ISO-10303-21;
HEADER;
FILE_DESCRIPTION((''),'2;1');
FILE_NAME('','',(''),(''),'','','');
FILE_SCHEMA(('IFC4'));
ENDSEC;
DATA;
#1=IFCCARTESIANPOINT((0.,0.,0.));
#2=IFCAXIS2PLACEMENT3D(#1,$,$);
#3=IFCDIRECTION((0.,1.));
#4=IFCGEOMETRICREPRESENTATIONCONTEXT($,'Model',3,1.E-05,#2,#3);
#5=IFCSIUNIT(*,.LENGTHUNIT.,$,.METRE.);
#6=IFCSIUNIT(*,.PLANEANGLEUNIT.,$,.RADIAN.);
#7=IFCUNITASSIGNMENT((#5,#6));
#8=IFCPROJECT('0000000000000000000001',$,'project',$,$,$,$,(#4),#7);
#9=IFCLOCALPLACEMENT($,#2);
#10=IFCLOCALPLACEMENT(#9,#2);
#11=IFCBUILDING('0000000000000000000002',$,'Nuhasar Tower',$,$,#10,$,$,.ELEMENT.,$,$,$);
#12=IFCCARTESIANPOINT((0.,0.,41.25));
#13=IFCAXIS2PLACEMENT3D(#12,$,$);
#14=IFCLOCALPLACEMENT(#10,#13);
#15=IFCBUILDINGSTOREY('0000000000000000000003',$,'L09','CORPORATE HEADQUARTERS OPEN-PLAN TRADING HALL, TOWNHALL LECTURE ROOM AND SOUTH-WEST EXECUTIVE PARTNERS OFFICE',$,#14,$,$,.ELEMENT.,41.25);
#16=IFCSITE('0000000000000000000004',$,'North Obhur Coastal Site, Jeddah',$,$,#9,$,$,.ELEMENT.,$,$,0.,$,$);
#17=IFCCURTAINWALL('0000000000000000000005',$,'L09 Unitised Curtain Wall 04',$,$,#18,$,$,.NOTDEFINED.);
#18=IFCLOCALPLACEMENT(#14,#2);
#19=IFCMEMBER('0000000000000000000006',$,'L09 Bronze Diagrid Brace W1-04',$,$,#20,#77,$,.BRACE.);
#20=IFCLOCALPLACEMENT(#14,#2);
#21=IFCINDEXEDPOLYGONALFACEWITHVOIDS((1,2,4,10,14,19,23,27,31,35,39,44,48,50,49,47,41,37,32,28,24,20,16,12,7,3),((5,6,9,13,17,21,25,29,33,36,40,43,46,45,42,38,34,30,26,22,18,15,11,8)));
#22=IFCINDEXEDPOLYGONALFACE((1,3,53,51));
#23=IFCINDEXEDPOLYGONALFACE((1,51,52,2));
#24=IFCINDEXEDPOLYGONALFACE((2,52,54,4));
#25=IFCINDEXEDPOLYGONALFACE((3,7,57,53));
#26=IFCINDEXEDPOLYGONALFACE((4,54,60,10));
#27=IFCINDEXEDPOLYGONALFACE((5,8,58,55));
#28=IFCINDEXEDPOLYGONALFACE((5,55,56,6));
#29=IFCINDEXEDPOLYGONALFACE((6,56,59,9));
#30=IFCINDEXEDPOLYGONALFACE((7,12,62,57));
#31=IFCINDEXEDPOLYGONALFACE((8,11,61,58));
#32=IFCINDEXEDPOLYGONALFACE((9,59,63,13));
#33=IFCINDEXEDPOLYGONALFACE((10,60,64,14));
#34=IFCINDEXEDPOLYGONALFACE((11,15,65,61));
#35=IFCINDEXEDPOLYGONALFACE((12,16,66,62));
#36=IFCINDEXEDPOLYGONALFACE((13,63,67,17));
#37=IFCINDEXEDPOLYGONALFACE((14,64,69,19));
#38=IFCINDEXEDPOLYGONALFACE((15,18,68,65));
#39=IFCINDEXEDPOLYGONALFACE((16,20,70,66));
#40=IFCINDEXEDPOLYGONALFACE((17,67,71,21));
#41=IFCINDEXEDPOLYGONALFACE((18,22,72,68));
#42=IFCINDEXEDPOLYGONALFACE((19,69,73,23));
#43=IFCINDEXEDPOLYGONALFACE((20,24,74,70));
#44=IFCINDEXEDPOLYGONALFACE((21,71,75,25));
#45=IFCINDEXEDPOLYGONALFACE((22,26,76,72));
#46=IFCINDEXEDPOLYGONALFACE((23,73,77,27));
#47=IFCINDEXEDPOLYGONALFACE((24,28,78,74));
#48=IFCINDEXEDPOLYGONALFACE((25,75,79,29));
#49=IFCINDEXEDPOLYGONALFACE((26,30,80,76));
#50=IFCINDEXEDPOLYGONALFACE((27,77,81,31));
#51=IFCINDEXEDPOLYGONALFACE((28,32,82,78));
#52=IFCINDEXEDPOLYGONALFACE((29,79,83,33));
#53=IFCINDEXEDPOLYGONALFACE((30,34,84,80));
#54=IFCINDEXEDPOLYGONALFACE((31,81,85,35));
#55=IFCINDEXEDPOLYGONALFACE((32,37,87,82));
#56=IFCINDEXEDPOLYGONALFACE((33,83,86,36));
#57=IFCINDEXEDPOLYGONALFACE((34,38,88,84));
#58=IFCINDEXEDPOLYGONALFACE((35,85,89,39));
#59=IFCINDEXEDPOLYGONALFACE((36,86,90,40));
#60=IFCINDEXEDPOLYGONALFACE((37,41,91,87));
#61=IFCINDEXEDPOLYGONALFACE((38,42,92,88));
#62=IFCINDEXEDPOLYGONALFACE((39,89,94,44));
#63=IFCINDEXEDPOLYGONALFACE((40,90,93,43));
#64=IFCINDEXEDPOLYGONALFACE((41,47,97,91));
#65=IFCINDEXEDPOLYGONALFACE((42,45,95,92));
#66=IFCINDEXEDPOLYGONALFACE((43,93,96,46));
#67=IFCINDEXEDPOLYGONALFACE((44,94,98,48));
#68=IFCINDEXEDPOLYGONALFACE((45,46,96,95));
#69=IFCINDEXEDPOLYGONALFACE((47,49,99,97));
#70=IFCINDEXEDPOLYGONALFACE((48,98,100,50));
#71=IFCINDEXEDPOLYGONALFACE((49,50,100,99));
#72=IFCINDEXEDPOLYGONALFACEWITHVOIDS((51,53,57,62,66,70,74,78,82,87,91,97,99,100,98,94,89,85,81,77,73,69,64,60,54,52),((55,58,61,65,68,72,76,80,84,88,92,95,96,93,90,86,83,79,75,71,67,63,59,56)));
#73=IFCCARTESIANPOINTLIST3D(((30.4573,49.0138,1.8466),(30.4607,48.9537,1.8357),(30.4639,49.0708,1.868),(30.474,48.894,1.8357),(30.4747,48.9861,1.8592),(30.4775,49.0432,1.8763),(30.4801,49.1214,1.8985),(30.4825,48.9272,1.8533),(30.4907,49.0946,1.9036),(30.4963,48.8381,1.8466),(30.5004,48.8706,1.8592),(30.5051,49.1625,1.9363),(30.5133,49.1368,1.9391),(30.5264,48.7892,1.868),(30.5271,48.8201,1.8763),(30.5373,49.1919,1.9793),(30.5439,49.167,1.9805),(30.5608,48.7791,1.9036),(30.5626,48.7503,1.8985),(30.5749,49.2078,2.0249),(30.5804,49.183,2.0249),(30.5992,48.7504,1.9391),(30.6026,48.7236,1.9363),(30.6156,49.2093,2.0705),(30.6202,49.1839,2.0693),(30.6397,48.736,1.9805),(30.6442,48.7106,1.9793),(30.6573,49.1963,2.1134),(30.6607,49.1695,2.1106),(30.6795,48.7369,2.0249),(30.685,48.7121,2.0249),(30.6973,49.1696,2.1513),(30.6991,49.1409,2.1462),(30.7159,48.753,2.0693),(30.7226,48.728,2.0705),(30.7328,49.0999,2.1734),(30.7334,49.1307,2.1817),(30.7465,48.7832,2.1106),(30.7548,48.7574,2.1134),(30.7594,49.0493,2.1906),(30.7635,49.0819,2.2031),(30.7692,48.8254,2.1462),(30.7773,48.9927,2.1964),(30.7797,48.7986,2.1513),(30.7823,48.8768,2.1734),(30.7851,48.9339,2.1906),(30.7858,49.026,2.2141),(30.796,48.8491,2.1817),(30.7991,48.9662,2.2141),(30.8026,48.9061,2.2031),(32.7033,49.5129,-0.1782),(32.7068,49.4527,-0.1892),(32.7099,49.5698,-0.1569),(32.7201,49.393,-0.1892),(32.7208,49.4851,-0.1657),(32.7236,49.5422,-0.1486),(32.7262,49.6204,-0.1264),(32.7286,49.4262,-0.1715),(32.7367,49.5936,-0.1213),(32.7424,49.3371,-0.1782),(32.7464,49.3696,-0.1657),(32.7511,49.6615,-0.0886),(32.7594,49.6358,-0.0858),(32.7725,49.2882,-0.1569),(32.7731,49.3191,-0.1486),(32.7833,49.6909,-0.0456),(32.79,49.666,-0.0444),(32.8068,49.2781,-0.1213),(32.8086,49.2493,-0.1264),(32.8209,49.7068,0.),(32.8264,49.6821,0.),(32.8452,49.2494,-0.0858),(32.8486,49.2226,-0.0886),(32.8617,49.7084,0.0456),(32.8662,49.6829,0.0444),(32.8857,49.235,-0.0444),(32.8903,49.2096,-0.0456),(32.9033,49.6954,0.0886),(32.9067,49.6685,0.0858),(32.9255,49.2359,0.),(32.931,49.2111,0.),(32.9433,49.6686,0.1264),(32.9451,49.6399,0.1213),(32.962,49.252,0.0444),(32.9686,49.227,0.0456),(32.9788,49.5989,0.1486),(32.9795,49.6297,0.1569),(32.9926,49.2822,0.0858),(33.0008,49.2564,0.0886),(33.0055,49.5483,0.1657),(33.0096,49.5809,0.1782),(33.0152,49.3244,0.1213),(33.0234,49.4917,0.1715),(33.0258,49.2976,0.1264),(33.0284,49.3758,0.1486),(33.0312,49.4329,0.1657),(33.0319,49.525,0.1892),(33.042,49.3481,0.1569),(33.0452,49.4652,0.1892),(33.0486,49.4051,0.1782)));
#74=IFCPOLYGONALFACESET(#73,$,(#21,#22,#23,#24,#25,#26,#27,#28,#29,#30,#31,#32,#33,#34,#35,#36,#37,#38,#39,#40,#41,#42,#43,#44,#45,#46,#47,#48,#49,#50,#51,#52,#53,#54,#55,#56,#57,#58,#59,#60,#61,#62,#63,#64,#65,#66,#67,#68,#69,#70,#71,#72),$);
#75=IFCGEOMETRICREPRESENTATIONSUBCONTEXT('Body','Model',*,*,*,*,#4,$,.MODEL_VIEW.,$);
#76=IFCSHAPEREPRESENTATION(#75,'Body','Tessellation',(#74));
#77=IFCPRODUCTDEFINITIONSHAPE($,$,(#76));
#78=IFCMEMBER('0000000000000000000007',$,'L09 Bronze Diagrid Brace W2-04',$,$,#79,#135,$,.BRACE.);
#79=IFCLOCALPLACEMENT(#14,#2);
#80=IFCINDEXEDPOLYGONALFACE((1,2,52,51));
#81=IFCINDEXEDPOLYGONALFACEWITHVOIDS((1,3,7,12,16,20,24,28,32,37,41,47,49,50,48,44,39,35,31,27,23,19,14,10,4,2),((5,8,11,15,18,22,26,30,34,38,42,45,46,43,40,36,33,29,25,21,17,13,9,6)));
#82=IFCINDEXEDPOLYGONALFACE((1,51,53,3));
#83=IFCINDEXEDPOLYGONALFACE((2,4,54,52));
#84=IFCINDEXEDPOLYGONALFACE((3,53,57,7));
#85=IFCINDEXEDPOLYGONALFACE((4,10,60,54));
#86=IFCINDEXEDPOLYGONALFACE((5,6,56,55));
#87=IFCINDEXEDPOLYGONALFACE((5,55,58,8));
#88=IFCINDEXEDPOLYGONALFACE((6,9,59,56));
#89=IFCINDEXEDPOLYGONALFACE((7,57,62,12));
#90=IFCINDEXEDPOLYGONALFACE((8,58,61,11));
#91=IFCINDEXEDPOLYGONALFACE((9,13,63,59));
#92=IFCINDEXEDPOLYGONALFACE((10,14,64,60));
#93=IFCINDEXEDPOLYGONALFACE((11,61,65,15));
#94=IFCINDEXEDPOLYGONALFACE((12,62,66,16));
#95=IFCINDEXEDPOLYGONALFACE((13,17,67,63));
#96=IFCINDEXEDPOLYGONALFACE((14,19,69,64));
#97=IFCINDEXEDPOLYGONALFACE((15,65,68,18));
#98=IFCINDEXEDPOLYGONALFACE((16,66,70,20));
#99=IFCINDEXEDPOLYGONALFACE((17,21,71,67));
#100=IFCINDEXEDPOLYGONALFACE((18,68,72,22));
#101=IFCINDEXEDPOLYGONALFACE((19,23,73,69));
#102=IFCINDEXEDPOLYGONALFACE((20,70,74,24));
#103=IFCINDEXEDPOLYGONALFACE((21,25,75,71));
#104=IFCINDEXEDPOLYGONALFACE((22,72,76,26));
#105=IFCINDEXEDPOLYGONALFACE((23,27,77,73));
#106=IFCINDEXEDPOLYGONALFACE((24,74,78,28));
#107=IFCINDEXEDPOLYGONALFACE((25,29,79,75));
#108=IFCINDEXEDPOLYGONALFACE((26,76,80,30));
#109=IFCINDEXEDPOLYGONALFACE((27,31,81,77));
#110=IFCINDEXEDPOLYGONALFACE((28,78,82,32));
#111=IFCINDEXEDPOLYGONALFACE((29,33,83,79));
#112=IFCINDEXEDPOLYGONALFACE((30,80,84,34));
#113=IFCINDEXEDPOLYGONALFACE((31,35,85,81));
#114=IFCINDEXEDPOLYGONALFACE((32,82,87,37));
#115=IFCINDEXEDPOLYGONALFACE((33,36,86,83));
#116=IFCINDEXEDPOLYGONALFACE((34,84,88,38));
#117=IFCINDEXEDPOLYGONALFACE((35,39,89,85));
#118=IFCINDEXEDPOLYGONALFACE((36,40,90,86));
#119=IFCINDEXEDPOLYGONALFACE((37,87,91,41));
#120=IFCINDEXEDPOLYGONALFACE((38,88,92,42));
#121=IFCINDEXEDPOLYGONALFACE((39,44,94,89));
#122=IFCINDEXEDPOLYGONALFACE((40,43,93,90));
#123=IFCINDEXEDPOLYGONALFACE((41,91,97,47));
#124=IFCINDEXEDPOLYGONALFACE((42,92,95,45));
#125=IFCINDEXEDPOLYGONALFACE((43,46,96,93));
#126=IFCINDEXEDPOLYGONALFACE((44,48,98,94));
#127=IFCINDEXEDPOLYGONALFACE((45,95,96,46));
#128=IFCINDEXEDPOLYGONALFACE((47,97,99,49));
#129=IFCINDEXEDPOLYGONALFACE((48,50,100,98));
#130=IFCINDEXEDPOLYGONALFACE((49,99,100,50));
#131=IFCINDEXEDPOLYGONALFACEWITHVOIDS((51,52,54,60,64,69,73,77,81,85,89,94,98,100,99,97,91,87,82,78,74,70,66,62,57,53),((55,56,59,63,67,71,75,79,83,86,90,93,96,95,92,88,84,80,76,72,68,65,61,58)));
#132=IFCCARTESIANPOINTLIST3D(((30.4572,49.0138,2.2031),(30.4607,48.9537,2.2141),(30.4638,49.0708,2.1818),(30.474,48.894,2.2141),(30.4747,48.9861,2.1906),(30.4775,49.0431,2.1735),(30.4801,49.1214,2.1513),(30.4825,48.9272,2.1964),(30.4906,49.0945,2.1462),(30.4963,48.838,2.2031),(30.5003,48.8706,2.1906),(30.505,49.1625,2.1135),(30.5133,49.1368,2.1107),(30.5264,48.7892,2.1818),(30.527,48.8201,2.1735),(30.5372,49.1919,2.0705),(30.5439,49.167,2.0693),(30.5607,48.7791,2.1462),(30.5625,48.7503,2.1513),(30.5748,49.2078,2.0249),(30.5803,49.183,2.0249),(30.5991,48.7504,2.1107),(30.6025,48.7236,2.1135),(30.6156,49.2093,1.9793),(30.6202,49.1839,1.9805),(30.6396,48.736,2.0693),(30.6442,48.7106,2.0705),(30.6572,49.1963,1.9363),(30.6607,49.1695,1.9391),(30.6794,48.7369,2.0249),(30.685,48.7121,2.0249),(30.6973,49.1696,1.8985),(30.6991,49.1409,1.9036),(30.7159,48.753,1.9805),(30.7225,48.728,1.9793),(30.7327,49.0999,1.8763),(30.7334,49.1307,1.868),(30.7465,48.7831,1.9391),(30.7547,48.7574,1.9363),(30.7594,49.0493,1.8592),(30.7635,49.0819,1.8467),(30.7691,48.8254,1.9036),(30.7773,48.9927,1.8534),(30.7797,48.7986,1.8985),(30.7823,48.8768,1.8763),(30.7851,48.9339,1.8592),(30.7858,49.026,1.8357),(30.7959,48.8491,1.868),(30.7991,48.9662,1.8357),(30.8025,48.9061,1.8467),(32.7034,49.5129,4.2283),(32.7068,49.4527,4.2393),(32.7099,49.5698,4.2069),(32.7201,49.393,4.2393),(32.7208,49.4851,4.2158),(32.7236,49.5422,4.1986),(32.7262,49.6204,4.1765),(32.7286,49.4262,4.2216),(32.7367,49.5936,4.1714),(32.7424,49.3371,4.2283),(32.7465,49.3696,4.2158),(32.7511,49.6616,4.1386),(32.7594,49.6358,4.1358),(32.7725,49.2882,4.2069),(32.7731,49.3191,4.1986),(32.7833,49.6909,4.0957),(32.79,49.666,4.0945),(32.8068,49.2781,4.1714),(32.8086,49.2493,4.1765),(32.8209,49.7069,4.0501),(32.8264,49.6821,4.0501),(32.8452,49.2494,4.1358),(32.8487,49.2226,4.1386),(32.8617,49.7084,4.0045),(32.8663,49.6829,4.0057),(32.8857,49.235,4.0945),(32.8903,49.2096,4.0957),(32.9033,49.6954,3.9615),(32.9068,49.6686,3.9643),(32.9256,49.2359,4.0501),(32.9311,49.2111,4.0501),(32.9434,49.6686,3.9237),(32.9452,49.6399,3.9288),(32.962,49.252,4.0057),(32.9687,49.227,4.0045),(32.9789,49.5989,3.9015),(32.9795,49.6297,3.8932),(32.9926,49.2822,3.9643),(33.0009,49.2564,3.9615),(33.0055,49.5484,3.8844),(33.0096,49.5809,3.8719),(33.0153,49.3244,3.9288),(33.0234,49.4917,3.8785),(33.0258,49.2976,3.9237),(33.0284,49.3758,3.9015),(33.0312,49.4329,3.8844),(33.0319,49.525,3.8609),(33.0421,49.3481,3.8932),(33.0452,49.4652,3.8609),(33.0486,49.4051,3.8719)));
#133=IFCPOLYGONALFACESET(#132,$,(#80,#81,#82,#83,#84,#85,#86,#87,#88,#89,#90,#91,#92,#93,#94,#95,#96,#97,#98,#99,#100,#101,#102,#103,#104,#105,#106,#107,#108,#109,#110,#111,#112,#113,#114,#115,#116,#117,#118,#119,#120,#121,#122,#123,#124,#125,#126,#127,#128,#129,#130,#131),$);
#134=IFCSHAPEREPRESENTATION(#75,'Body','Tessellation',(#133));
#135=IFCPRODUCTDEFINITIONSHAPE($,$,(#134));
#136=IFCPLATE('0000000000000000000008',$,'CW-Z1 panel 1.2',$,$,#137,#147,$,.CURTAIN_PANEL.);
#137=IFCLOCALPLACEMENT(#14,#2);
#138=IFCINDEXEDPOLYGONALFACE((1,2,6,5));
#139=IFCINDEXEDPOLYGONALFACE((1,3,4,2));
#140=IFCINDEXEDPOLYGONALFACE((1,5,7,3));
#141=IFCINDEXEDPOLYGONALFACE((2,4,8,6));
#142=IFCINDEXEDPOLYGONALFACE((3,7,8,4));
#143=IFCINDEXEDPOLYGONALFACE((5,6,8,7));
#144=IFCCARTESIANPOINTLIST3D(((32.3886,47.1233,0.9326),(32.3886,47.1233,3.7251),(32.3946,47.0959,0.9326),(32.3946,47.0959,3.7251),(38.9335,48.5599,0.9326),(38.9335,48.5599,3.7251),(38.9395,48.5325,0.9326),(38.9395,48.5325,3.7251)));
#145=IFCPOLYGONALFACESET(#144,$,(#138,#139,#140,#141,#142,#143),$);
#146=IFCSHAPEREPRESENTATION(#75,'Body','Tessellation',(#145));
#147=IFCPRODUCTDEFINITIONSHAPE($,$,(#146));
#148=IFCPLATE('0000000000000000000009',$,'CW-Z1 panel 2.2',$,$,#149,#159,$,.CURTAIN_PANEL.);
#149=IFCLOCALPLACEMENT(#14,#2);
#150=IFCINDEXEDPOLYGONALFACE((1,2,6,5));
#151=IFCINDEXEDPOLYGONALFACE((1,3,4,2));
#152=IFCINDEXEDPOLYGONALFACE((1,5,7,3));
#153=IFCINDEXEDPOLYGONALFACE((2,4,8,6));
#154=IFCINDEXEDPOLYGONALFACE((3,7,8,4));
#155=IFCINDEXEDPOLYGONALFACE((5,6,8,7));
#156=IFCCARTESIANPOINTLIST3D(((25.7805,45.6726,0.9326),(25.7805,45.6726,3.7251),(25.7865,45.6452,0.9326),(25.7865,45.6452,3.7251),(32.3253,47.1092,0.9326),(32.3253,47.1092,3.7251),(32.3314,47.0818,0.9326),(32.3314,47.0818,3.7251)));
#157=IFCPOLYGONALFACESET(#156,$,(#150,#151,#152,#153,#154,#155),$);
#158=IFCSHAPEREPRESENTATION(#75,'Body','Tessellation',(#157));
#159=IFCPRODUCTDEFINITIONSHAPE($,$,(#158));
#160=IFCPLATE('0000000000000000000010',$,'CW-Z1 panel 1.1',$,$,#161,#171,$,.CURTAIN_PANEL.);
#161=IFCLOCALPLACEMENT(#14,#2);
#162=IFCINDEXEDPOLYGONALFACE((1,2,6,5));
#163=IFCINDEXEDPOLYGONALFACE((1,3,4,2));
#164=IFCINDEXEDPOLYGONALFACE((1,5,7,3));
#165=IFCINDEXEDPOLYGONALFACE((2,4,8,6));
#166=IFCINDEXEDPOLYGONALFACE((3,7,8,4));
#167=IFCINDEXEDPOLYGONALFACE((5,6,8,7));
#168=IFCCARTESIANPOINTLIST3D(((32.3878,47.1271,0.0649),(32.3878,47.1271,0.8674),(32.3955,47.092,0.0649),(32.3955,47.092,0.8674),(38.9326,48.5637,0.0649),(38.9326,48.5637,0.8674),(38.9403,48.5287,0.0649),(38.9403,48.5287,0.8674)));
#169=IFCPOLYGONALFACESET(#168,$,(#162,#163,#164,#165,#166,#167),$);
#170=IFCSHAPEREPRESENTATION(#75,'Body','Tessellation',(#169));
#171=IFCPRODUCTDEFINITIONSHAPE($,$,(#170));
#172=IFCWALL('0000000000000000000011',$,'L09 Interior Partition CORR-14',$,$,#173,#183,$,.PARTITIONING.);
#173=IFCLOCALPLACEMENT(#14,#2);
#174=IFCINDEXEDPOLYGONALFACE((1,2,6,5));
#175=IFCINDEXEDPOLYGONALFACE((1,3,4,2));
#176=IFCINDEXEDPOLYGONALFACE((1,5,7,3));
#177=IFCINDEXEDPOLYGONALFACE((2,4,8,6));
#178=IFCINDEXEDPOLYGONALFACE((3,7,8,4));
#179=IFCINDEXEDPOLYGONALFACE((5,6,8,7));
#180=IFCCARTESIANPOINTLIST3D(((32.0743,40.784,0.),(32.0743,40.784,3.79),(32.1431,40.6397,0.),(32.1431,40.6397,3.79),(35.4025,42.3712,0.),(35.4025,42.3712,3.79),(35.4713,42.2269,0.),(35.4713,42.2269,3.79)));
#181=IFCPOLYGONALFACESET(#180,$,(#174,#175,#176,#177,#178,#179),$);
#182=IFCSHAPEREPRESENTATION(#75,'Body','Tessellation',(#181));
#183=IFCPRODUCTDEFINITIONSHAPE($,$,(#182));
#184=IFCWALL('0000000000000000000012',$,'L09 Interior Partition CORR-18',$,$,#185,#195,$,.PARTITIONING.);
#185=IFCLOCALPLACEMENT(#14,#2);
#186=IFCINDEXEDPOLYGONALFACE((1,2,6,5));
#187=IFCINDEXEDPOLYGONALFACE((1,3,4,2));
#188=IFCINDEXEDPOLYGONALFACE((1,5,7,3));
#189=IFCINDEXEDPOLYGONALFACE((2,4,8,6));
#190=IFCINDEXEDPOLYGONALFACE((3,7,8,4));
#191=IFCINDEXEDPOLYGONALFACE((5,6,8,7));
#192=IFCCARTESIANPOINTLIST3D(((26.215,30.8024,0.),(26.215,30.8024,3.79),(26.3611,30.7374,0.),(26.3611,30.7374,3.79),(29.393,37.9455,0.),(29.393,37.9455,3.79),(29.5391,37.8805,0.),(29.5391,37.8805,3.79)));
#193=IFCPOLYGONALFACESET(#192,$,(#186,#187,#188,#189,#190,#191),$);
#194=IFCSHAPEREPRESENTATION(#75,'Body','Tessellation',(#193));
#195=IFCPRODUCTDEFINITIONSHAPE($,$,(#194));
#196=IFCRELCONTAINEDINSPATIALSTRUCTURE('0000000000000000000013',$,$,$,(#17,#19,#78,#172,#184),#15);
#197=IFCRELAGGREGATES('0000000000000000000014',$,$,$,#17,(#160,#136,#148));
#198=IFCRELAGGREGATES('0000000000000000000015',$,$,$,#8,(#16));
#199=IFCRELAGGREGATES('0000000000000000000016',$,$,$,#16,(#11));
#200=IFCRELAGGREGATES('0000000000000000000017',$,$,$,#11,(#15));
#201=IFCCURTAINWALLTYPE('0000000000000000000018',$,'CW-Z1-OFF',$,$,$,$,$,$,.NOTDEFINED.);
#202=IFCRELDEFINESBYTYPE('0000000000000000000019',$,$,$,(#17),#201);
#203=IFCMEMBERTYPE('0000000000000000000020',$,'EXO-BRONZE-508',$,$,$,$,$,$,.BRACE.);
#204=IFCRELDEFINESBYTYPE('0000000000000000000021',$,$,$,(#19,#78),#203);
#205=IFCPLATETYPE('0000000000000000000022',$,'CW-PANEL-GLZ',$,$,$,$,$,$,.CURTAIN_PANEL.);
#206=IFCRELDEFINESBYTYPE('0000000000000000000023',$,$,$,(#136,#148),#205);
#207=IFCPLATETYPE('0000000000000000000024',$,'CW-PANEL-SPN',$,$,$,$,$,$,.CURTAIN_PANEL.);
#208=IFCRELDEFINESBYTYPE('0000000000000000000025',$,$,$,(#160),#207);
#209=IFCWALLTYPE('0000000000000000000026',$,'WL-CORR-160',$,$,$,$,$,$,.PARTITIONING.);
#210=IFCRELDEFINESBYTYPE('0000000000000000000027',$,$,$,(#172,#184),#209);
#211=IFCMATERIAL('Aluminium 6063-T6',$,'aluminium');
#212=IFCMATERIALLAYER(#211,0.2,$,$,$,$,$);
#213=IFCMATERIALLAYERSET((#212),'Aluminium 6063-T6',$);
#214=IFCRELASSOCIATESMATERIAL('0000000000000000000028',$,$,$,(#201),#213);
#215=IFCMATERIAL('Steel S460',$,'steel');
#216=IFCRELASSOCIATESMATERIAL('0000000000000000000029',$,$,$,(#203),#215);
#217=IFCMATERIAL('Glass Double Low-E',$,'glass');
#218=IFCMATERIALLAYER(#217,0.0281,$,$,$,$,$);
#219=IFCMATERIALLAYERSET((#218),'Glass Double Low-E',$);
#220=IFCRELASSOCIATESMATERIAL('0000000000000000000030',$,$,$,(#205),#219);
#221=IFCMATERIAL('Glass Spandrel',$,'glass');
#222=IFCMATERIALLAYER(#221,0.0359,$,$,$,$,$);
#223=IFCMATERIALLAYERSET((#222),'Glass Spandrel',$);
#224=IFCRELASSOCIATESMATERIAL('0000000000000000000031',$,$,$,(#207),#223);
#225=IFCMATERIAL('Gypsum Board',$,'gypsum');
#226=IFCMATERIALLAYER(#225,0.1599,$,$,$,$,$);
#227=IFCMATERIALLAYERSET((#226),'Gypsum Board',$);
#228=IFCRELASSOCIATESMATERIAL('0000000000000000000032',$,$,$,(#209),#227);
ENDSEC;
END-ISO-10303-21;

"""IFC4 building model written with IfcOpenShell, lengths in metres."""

from ifc_helpers import new_model, si_unit, direction, frame, frame_2d, origin, origin_2d, place, context, subcontext, project, spatial, rectangle, hollow_circle, extrude, material, layer, layer_set, material_profile, profile_set, type_object, element, aggregate, save


model = new_model("IFC4")

# Units and contexts
model_context = context("Model", 3, precision=1e-05, world=origin(), true_north=direction((0.0, 1.0)))
body_context = subcontext(model_context, "Body", "Model", "MODEL_VIEW")
ifc_project = project(units=[si_unit("LENGTHUNIT", "METRE"), si_unit("PLANEANGLEUNIT", "RADIAN")], contexts=[model_context])

# Site, building, storey
site_placement = place(None, origin())
site = spatial("IfcSite", under=ifc_project, at=site_placement, Name="North Obhur Coastal Site, Jeddah", CompositionType="ELEMENT", RefElevation=0.0)
building_placement = place(site_placement, origin())
building = spatial("IfcBuilding", under=site, at=building_placement, Name="Nuhasar Tower", CompositionType="ELEMENT")
storey_placement = place(building_placement, frame((0.0, 0.0, 41.25)))
storey = spatial("IfcBuildingStorey", under=building, at=storey_placement, Name="L09", Description="CORPORATE HEADQUARTERS OPEN-PLAN TRADING HALL, TOWNHALL LECTURE ROOM AND SOUTH-WEST EXECUTIVE PARTNERS OFFICE", CompositionType="ELEMENT", Elevation=41.25)

# Curtain wall
ifc_material_1 = material(Name="Aluminium 6063-T6", Category="aluminium")
ifc_layer_1 = layer(ifc_material_1, 0.2)
ifc_layer_set_1 = layer_set([ifc_layer_1], Name="Aluminium 6063-T6")
curtain_wall_type = type_object("IfcCurtainWallType", Name="CW-Z1-OFF", PredefinedType="NOTDEFINED", material=ifc_layer_set_1)
curtain_wall_placement = place(storey_placement, origin())
curtain_wall = element("IfcCurtainWall", 1, at=curtain_wall_placement, inside=storey, type_object=curtain_wall_type, Name="L09 Unitised Curtain Wall 04", PredefinedType="NOTDEFINED")

# Members
ifc_material_2 = material(Name="Steel S460", Category="steel")
ifc_material_profile_1 = material_profile(ifc_material_2, hollow_circle(Radius=0.2539, WallThickness=0.0254, at=origin_2d()), Name="HSS508X25.4")
ifc_profile_set_1 = profile_set([ifc_material_profile_1], Name="Steel S460")
member_type_1 = type_object("IfcMemberType", Name="EXO-BRONZE-508", PredefinedType="BRACE", material=ifc_profile_set_1)
member_1_placement = place(storey_placement, frame((32.876, 49.459, 0.0), z_axis=(-0.732821, -0.162814, 0.660654), x_axis=(0.216886, -0.976197, 0.0)))
element("IfcMember", 2, at=member_1_placement, inside=storey, type_object=member_type_1, Name="L09 Bronze Diagrid Brace W1-04", PredefinedType="BRACE", context=body_context, shape_type="SweptSolid", body=[
    extrude(hollow_circle(Radius=0.2539, WallThickness=0.0254, at=origin_2d()), origin(), (0.0, 0.0, 1.0), 3.0649),
])
member_2_placement = place(storey_placement, frame((30.6299, 48.96, 2.0249), z_axis=(0.732783, 0.162805, 0.660699), x_axis=(-0.216886, 0.976197, 0.0)))
element("IfcMember", 3, at=member_2_placement, inside=storey, type_object=member_type_1, Name="L09 Bronze Diagrid Brace W2-04", PredefinedType="BRACE", context=body_context, shape_type="SweptSolid", body=[
    extrude(hollow_circle(Radius=0.2539, WallThickness=0.0254, at=origin_2d()), origin(), (0.0, 0.0, 1.0), 3.0652),
])

# Plates
ifc_material_3 = material(Name="Glass Double Low-E", Category="glass")
ifc_layer_2 = layer(ifc_material_3, 0.0281)
ifc_layer_set_2 = layer_set([ifc_layer_2], Name="Glass Double Low-E")
plate_type_1 = type_object("IfcPlateType", Name="CW-PANEL-GLZ", PredefinedType="CURTAIN_PANEL", material=ifc_layer_set_2)
plate_1_placement = place(storey_placement, frame((35.6641, 47.8279, 0.9326), z_axis=(0.0, 0.0, 1.0), x_axis=(-0.976746, -0.214399, 0.0)))
plate_1 = element("IfcPlate", 4, at=plate_1_placement, type_object=plate_type_1, Name="CW-Z1 panel 1.2", PredefinedType="CURTAIN_PANEL", context=body_context, shape_type="SweptSolid", body=[
    extrude(rectangle(XDim=6.7007, YDim=0.0281, at=origin_2d()), origin(), (0.0, 0.0, 1.0), 2.7925),
])
plate_2_placement = place(storey_placement, frame((29.0559, 46.3772, 0.9326), z_axis=(0.0, 0.0, 1.0), x_axis=(-0.976746, -0.214399, 0.0)))
plate_2 = element("IfcPlate", 5, at=plate_2_placement, type_object=plate_type_1, Name="CW-Z1 panel 2.2", PredefinedType="CURTAIN_PANEL", context=body_context, shape_type="SweptSolid", body=[
    extrude(rectangle(XDim=6.7007, YDim=0.0281, at=origin_2d()), origin(), (0.0, 0.0, 1.0), 2.7925),
])
ifc_material_4 = material(Name="Glass Spandrel", Category="glass")
ifc_layer_3 = layer(ifc_material_4, 0.0359)
ifc_layer_set_3 = layer_set([ifc_layer_3], Name="Glass Spandrel")
plate_type_2 = type_object("IfcPlateType", Name="CW-PANEL-SPN", PredefinedType="CURTAIN_PANEL", material=ifc_layer_set_3)
plate_3_placement = place(storey_placement, frame((35.6641, 47.8279, 0.0649), z_axis=(0.0, 0.0, 1.0), x_axis=(-0.976746, -0.214399, 0.0)))
plate_3 = element("IfcPlate", 6, at=plate_3_placement, type_object=plate_type_2, Name="CW-Z1 panel 1.1", PredefinedType="CURTAIN_PANEL", context=body_context, shape_type="SweptSolid", body=[
    extrude(rectangle(XDim=6.7007, YDim=0.0359, at=origin_2d()), origin(), (0.0, 0.0, 1.0), 0.8025),
])
aggregate(curtain_wall, [plate_3, plate_1, plate_2])

# Wall
ifc_material_5 = material(Name="Gypsum Board", Category="gypsum")
ifc_layer_4 = layer(ifc_material_5, 0.1599)
ifc_layer_set_4 = layer_set([ifc_layer_4], Name="Gypsum Board")
wall_type_1 = type_object("IfcWallType", Name="WL-CORR-160", PredefinedType="PARTITIONING", material=ifc_layer_set_4)
wall_1_placement = place(storey_placement, frame((35.437, 42.2991, 0.0), z_axis=(0.0, 0.0, 1.0), x_axis=(-0.902614, -0.43045, 0.0)))
element("IfcWall", 7, at=wall_1_placement, inside=storey, type_object=wall_type_1, Name="L09 Interior Partition CORR-14", PredefinedType="PARTITIONING", context=body_context, shape_type="SweptSolid", body=[
    extrude(rectangle(XDim=3.6873, YDim=0.1599, at=frame_2d((1.8438, 0.0))), origin(), (0.0, 0.0, 1.0), 3.79),
])

# Wall
wall_2_placement = place(storey_placement, frame((29.4661, 37.9131, 0.0), z_axis=(0.0, 0.0, 1.0), x_axis=(-0.406489, -0.913656, 0.0)))
element("IfcWall", 8, at=wall_2_placement, inside=storey, type_object=wall_type_1, Name="L09 Interior Partition CORR-18", PredefinedType="PARTITIONING", context=body_context, shape_type="SweptSolid", body=[
    extrude(rectangle(XDim=7.8181, YDim=0.1599, at=frame_2d((3.9092, 0.0))), origin(), (0.0, 0.0, 1.0), 3.79),
])

save(model, "model.ifc")
